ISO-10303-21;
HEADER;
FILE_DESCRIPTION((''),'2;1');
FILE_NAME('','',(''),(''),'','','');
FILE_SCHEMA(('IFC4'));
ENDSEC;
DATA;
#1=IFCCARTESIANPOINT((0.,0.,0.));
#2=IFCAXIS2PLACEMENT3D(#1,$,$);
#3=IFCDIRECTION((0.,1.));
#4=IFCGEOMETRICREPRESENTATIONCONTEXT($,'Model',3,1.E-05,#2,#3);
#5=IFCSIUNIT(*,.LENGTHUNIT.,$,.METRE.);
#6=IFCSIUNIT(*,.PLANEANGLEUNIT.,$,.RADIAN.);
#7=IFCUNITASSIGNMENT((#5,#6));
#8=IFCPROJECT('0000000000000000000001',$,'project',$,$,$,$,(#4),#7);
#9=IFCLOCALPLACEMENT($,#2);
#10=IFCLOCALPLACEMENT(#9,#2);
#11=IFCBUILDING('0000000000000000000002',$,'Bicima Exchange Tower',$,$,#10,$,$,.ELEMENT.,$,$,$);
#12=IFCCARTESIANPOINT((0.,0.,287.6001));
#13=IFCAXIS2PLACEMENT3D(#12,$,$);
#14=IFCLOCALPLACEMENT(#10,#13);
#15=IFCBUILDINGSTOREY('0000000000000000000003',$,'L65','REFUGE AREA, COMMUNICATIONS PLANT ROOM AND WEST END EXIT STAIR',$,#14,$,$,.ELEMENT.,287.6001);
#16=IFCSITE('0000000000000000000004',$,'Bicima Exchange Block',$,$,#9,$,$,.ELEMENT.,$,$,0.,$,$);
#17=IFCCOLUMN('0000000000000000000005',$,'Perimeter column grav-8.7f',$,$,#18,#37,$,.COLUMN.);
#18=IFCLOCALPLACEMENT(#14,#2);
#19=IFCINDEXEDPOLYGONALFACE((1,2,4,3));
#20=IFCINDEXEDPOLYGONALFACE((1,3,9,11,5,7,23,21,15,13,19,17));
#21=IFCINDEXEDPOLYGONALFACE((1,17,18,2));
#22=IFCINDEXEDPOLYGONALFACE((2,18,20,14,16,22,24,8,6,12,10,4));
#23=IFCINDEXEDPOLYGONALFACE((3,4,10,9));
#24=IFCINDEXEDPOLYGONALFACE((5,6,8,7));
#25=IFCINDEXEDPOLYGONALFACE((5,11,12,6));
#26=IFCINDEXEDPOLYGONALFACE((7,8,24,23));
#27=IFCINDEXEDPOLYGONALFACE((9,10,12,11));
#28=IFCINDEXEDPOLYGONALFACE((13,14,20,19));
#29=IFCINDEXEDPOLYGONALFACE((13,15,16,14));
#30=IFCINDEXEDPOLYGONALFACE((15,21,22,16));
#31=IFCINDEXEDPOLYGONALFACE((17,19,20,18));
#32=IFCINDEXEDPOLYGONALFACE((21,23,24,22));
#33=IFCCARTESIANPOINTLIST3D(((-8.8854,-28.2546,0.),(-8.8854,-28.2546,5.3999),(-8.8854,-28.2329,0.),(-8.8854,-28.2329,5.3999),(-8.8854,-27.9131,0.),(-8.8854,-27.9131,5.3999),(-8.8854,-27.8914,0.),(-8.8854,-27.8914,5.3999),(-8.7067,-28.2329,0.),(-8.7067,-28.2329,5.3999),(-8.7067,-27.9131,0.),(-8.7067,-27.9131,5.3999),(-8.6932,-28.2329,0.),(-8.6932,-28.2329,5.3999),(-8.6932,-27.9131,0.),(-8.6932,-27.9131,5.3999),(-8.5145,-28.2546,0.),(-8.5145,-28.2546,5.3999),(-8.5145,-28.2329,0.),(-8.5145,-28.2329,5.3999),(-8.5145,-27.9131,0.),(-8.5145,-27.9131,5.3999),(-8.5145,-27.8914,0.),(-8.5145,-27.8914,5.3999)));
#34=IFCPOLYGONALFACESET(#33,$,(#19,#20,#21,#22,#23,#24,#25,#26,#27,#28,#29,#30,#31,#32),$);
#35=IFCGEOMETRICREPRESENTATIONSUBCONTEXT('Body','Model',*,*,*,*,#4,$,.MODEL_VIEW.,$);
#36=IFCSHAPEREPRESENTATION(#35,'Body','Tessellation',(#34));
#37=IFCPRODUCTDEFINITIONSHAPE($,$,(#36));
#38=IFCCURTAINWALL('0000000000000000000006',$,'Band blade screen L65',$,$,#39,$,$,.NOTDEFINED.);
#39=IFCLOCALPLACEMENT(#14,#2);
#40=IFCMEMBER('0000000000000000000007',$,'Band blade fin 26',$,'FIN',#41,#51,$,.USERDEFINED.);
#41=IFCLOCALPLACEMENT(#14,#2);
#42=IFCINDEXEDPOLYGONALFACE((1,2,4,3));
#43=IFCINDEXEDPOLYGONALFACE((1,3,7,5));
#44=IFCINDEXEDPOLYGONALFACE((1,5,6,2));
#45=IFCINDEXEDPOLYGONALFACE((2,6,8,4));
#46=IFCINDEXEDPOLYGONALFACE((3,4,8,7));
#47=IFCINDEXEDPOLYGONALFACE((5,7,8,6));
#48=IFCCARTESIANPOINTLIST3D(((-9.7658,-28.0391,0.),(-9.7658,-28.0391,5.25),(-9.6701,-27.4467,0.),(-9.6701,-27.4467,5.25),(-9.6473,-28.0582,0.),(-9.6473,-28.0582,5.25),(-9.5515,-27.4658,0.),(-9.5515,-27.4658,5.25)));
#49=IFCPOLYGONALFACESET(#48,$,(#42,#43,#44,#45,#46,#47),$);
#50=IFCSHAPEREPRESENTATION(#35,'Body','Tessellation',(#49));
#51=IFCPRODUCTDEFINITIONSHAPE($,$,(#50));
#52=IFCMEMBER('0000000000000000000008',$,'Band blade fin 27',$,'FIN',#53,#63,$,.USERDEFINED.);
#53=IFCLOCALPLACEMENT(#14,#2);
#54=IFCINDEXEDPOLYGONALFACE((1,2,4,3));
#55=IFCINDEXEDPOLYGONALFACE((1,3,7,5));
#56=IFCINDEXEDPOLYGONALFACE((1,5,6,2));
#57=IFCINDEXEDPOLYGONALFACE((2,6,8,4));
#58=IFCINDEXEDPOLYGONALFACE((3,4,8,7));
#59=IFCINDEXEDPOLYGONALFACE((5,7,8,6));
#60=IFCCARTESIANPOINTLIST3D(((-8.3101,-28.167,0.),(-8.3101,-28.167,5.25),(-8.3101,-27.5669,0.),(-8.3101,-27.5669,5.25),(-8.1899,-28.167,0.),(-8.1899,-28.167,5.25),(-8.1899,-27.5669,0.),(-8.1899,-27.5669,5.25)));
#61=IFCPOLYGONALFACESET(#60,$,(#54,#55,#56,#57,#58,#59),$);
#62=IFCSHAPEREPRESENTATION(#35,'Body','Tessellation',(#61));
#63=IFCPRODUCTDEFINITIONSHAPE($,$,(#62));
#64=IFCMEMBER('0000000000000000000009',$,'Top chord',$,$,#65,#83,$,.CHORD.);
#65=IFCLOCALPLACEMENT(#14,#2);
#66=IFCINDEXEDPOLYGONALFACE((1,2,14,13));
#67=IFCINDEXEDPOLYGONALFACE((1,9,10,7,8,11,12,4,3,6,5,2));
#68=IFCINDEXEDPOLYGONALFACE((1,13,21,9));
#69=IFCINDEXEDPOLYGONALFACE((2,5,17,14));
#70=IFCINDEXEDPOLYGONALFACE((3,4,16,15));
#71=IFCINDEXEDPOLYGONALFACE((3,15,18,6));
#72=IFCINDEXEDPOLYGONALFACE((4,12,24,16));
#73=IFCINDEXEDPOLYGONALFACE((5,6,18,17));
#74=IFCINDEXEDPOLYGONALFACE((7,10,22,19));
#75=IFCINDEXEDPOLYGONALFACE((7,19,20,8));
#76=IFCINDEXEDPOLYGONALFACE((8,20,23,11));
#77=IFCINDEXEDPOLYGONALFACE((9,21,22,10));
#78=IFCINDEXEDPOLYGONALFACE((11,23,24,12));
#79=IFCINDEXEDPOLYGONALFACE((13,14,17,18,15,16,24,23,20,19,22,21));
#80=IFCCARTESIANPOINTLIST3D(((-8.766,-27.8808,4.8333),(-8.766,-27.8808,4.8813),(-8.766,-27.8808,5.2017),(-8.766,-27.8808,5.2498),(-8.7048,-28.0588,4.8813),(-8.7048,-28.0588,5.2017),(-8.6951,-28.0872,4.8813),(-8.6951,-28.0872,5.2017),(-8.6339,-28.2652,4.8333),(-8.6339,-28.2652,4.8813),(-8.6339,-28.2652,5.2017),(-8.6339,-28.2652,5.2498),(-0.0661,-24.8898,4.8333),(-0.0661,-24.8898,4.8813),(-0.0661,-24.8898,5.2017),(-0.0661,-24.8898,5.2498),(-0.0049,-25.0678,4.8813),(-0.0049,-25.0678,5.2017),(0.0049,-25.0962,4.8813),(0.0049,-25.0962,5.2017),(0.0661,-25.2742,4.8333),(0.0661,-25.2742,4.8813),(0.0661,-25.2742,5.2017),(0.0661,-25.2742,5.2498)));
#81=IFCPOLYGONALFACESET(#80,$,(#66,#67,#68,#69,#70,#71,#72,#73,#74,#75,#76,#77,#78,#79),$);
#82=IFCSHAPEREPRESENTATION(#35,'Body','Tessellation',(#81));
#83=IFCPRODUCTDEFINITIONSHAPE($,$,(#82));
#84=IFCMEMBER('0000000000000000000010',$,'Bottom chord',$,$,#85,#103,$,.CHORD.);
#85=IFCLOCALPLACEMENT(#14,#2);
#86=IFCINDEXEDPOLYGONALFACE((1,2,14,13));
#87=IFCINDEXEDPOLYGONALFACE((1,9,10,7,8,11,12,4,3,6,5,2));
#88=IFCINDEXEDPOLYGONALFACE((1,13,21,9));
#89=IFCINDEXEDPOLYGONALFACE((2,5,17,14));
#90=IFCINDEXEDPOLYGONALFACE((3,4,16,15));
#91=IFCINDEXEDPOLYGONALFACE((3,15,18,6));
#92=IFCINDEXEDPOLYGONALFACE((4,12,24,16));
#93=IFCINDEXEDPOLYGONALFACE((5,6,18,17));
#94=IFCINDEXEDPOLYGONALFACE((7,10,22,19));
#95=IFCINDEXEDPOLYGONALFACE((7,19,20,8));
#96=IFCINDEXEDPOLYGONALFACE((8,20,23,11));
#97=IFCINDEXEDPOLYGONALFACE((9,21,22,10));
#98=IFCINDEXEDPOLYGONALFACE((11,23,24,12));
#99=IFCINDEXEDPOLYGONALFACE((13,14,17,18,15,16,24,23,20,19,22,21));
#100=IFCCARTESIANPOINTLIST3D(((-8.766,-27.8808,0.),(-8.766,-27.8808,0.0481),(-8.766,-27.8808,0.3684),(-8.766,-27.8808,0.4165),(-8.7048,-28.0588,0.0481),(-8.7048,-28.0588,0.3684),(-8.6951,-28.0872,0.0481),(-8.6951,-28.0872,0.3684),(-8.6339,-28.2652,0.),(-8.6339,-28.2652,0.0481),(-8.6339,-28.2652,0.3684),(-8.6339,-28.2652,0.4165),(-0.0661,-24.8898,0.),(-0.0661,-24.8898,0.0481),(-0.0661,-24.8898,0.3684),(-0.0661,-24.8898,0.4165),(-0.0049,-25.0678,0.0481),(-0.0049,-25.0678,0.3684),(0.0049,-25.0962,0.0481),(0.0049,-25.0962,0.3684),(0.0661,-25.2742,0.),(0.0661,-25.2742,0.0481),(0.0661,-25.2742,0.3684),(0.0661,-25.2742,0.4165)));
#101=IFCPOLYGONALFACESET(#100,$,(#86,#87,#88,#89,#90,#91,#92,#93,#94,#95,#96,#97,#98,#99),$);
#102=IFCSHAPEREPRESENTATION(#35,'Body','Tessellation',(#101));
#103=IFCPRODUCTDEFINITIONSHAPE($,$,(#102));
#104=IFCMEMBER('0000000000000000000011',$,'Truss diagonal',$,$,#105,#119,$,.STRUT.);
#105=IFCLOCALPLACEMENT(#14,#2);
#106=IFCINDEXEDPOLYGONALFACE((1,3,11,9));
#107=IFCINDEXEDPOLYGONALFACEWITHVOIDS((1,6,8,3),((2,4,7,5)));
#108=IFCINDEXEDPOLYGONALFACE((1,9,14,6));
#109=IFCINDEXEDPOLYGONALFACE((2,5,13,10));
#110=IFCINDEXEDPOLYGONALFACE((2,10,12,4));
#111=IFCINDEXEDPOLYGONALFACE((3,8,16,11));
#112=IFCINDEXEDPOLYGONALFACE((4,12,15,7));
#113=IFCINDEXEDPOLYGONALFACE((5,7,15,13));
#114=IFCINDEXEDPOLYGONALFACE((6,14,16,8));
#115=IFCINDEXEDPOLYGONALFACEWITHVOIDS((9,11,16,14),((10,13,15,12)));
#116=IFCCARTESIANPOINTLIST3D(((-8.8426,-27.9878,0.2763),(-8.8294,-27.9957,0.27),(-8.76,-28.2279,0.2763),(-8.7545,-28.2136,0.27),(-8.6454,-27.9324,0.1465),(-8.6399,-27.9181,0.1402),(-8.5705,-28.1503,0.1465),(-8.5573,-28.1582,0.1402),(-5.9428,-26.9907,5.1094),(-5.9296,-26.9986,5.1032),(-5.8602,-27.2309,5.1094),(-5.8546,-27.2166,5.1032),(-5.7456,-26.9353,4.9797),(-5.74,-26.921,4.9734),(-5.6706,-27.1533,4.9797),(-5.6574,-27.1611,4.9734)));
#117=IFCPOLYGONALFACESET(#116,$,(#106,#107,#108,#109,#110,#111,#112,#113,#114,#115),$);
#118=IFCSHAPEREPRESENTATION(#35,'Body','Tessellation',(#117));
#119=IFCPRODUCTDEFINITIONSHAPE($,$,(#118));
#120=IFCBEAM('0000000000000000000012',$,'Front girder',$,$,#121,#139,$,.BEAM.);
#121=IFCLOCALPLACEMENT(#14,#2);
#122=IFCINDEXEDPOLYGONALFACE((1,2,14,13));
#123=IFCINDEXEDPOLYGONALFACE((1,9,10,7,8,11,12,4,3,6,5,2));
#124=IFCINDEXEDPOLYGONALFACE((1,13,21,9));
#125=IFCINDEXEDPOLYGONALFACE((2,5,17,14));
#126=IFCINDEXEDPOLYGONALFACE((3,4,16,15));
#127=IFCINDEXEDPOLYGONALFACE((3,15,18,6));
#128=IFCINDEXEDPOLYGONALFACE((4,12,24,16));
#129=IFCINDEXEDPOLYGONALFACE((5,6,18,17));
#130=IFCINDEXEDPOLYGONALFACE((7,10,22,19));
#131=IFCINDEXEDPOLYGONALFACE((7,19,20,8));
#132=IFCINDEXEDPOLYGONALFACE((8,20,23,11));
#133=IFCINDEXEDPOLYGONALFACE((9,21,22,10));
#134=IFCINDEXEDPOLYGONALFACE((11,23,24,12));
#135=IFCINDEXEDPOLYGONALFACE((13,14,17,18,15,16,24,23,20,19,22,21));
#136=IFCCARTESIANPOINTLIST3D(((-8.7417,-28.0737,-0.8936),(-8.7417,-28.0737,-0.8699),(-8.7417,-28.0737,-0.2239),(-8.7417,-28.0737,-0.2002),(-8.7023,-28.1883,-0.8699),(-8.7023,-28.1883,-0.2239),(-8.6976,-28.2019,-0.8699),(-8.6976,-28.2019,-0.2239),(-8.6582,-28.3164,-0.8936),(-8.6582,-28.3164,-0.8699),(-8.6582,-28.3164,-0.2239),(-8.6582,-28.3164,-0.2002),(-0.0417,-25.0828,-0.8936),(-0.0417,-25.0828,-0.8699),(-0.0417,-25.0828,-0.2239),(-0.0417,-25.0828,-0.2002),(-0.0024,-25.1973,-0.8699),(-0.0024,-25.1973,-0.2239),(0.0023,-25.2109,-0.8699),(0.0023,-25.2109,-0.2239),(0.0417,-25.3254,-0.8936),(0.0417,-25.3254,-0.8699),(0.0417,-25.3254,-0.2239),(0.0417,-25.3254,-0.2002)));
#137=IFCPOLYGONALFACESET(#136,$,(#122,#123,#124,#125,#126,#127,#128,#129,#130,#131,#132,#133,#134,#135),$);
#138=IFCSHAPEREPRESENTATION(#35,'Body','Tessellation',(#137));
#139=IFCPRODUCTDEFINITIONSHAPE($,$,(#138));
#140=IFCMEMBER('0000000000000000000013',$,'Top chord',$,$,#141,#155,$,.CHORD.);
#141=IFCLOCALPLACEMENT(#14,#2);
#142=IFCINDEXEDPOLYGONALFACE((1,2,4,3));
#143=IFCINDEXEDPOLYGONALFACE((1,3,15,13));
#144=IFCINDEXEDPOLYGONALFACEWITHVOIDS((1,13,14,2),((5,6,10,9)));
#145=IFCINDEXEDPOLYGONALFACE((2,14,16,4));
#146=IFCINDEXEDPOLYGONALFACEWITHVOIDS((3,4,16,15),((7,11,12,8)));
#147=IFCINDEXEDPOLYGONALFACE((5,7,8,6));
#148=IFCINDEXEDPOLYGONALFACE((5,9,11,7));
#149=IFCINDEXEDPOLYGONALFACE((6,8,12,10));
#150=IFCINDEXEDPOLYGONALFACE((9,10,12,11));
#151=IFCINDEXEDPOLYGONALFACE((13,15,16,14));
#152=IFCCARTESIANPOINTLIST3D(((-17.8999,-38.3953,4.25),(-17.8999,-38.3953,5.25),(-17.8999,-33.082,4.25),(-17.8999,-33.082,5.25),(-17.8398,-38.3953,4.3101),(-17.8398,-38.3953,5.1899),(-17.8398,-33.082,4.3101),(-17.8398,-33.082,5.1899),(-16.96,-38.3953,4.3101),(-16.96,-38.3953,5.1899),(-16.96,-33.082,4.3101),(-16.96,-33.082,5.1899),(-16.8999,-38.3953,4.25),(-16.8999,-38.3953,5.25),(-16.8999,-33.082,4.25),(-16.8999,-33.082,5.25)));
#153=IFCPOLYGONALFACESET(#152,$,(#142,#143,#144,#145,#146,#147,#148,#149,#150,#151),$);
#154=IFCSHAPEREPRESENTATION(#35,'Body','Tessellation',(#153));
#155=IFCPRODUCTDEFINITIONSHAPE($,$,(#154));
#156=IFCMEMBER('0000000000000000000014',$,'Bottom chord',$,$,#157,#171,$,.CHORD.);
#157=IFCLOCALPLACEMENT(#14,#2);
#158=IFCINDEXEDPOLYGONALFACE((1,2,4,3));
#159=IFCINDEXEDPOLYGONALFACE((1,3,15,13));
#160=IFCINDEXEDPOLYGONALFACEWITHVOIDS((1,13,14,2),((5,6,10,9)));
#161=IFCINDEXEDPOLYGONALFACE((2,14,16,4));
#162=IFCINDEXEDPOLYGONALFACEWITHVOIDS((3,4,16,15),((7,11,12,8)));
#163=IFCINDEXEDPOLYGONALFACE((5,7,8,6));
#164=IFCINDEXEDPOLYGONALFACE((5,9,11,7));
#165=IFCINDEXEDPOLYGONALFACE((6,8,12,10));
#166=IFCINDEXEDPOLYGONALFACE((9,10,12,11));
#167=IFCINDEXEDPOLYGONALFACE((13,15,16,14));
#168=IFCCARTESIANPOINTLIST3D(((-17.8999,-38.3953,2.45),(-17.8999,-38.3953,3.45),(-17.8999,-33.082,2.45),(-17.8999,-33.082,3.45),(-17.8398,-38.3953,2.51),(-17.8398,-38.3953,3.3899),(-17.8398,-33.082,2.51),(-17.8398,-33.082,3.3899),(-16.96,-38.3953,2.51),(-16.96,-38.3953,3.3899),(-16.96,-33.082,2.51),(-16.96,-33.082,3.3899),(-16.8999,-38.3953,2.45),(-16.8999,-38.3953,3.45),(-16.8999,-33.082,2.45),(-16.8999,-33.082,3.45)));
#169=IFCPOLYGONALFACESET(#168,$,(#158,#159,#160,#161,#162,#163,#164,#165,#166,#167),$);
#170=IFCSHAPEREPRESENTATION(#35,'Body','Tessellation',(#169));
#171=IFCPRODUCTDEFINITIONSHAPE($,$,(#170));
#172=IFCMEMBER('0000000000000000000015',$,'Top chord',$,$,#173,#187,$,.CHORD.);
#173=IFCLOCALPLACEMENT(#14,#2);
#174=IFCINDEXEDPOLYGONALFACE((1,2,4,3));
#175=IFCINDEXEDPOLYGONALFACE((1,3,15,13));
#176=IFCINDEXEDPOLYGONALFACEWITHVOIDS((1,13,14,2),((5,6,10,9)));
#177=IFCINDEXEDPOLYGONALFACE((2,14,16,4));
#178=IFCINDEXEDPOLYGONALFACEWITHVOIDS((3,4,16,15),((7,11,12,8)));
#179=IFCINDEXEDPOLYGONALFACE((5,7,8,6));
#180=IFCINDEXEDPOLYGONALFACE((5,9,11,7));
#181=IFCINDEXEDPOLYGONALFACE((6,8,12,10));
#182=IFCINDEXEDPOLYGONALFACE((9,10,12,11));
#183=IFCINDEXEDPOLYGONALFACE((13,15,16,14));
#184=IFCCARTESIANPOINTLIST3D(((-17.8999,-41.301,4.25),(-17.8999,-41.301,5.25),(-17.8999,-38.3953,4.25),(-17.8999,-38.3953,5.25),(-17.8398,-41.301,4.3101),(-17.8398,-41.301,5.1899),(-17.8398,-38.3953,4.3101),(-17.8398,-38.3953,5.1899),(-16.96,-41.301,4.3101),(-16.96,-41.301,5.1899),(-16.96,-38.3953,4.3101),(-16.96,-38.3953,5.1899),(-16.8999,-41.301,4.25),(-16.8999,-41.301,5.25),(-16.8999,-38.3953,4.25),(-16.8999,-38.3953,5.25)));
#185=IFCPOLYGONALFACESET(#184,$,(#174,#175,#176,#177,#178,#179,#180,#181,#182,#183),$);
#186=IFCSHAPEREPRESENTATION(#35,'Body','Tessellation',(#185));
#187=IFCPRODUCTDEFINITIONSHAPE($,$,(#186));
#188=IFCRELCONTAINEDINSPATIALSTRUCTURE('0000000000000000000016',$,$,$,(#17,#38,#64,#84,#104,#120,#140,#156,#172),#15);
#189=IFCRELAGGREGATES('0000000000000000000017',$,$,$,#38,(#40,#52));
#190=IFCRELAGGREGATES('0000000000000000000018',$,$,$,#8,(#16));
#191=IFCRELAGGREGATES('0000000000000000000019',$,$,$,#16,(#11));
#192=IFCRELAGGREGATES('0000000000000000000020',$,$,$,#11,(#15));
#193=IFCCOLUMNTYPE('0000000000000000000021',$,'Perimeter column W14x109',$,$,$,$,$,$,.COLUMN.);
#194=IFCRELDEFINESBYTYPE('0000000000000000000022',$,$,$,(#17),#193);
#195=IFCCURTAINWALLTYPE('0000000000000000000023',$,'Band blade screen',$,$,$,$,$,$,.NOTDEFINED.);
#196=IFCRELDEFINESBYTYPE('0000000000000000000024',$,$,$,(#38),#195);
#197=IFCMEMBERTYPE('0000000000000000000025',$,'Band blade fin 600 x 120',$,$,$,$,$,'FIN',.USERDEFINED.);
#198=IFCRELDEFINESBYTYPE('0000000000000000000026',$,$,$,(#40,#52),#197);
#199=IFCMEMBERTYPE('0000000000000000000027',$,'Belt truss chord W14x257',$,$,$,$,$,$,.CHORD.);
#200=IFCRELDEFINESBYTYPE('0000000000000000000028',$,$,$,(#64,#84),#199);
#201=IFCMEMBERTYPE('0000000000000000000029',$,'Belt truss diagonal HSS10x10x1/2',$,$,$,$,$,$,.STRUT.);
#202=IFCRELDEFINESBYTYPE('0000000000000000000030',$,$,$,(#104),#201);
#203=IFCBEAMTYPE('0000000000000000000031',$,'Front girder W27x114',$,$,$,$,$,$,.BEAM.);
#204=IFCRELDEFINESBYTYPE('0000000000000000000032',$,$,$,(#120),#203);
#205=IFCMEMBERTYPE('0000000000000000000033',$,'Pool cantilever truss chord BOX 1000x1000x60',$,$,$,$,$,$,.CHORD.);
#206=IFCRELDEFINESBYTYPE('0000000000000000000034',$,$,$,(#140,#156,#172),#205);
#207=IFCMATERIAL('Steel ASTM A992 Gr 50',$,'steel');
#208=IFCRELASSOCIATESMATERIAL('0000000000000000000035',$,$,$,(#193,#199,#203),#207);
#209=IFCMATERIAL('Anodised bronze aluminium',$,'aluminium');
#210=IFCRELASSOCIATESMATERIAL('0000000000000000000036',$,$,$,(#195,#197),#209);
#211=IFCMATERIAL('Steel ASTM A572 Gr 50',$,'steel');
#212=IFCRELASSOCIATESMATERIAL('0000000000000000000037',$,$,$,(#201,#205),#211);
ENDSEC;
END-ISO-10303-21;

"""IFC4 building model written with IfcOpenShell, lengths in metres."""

from ifc_helpers import new_model, si_unit, direction, frame, origin, origin_2d, place, context, subcontext, project, spatial, rectangle, hollow_rectangle, i_section, extrude, material, material_profile, profile_set, type_object, element, aggregate, save


model = new_model("IFC4")

# Units and contexts
model_context = context("Model", 3, precision=1e-05, world=origin(), true_north=direction((0.0, 1.0)))
body_context = subcontext(model_context, "Body", "Model", "MODEL_VIEW")
ifc_project = project(units=[si_unit("LENGTHUNIT", "METRE"), si_unit("PLANEANGLEUNIT", "RADIAN")], contexts=[model_context])

# Site, building, storey
site_placement = place(None, origin())
site = spatial("IfcSite", under=ifc_project, at=site_placement, Name="Bicima Exchange Block", CompositionType="ELEMENT", RefElevation=0.0)
building_placement = place(site_placement, origin())
building = spatial("IfcBuilding", under=site, at=building_placement, Name="Bicima Exchange Tower", CompositionType="ELEMENT")
storey_placement = place(building_placement, frame((0.0, 0.0, 287.6001)))
storey = spatial("IfcBuildingStorey", under=building, at=storey_placement, Name="L65", Description="REFUGE AREA, COMMUNICATIONS PLANT ROOM AND WEST END EXIT STAIR", CompositionType="ELEMENT", Elevation=287.6001)

# Column
ifc_material_1 = material(Name="Steel ASTM A992 Gr 50", Category="steel")
ifc_material_profile_1 = material_profile(ifc_material_1, i_section(OverallWidth=0.3708, OverallDepth=0.3633, WebThickness=0.0134, FlangeThickness=0.0217, at=origin_2d()))
ifc_profile_set_1 = profile_set([ifc_material_profile_1], Name="Steel ASTM A992 Gr 50")
column_type = type_object("IfcColumnType", Name="Perimeter column W14x109", PredefinedType="COLUMN", material=ifc_profile_set_1)
column_placement = place(storey_placement, frame((-8.7, -28.073, 0.0), z_axis=(0.0, 0.0, 1.0), x_axis=(1.0, 0.0, 0.0)))
element("IfcColumn", 1, at=column_placement, inside=storey, type_object=column_type, Name="Perimeter column grav-8.7f", PredefinedType="COLUMN", context=body_context, shape_type="SweptSolid", body=[
    extrude(i_section(OverallWidth=0.3708, OverallDepth=0.3633, WebThickness=0.0134, FlangeThickness=0.0217, at=origin_2d()), origin(), (0.0, 0.0, 1.0), 5.3999),
])

# Curtain wall, members
ifc_material_2 = material(Name="Anodised bronze aluminium", Category="aluminium")
curtain_wall_type = type_object("IfcCurtainWallType", Name="Band blade screen", PredefinedType="NOTDEFINED", material=ifc_material_2)
curtain_wall_placement = place(storey_placement, origin())
curtain_wall = element("IfcCurtainWall", 2, at=curtain_wall_placement, inside=storey, type_object=curtain_wall_type, Name="Band blade screen L65", PredefinedType="NOTDEFINED")
ifc_material_profile_2 = material_profile(ifc_material_2, rectangle(XDim=0.6001, YDim=0.1201, at=origin_2d()))
ifc_profile_set_2 = profile_set([ifc_material_profile_2], Name="Anodised bronze aluminium")
member_type_1 = type_object("IfcMemberType", Name="Band blade fin 600 x 120", ElementType="FIN", PredefinedType="USERDEFINED", material=ifc_profile_set_2)
member_1_placement = place(storey_placement, frame((-9.6587, -27.7524, 0.0), z_axis=(0.0, 0.0, 1.0), x_axis=(0.159533, 0.987193, 0.0)))
member_1 = element("IfcMember", 3, at=member_1_placement, type_object=member_type_1, Name="Band blade fin 26", ObjectType="FIN", PredefinedType="USERDEFINED", context=body_context, shape_type="SweptSolid", body=[
    extrude(rectangle(XDim=0.6001, YDim=0.1201, at=origin_2d()), origin(), (0.0, 0.0, 1.0), 5.25),
])
member_2_placement = place(storey_placement, frame((-8.25, -27.8669, 0.0), z_axis=(0.0, 0.0, 1.0), x_axis=(0.0, 1.0, 0.0)))
member_2 = element("IfcMember", 4, at=member_2_placement, type_object=member_type_1, Name="Band blade fin 27", ObjectType="FIN", PredefinedType="USERDEFINED", context=body_context, shape_type="SweptSolid", body=[
    extrude(rectangle(XDim=0.6001, YDim=0.1201, at=origin_2d()), origin(), (0.0, 0.0, 1.0), 5.25),
])
aggregate(curtain_wall, [member_1, member_2])

# Members
ifc_material_profile_3 = material_profile(ifc_material_1, i_section(OverallWidth=0.4065, OverallDepth=0.4165, WebThickness=0.03, FlangeThickness=0.0481, at=origin_2d()))
ifc_profile_set_3 = profile_set([ifc_material_profile_3], Name="Steel ASTM A992 Gr 50")
member_type_2 = type_object("IfcMemberType", Name="Belt truss chord W14x257", PredefinedType="CHORD", material=ifc_profile_set_3)
for number, where, z_axis, x_axis, name in (
    (5, (-8.7, -28.073, 5.0415), (0.945675, 0.325115, 0.0), (-0.325115, 0.945675, 0.0), "Top chord"),
    (6, (-8.7, -28.073, 0.2083), (0.945675, 0.325115, 0.0), (-0.325115, 0.945675, 0.0), "Bottom chord"),
):
    element("IfcMember", number, at=place(storey_placement, frame(where, z_axis=z_axis, x_axis=x_axis)), inside=storey, type_object=member_type_2, Name=name, PredefinedType="CHORD", context=body_context, shape_type="SweptSolid", body=[
        extrude(i_section(OverallWidth=0.4065, OverallDepth=0.4165, WebThickness=0.03, FlangeThickness=0.0481, at=origin_2d()), origin(), (0.0, 0.0, 1.0), 9.1997),
    ])
ifc_material_3 = material(Name="Steel ASTM A572 Gr 50", Category="steel")
ifc_material_profile_4 = material_profile(ifc_material_3, hollow_rectangle(XDim=0.2539, YDim=0.2539, WallThickness=0.0117, at=origin_2d()))
ifc_profile_set_4 = profile_set([ifc_material_profile_4], Name="Steel ASTM A572 Gr 50")
member_type_3 = type_object("IfcMemberType", Name="Belt truss diagonal HSS10x10x1/2", PredefinedType="STRUT", material=ifc_profile_set_4)
member_3_placement = place(storey_placement, frame((-8.7, -28.073, 0.2083), z_axis=(0.506624, 0.174192, 0.844387), x_axis=(-0.325147, 0.945664, 0.0)))
element("IfcMember", 7, at=member_3_placement, inside=storey, type_object=member_type_3, Name="Truss diagonal", PredefinedType="STRUT", context=body_context, shape_type="SweptSolid", body=[
    extrude(hollow_rectangle(XDim=0.2539, YDim=0.2539, WallThickness=0.0117, at=origin_2d()), origin(), (0.0, 0.0, 1.0), 5.7239),
])

# Beam
ifc_material_profile_5 = material_profile(ifc_material_1, i_section(OverallWidth=0.2566, OverallDepth=0.6934, WebThickness=0.0144, FlangeThickness=0.0237, at=origin_2d()))
ifc_profile_set_5 = profile_set([ifc_material_profile_5], Name="Steel ASTM A992 Gr 50")
beam_type = type_object("IfcBeamType", Name="Front girder W27x114", PredefinedType="BEAM", material=ifc_profile_set_5)
beam_placement = place(storey_placement, frame((-8.7, -28.1951, -0.5469), z_axis=(0.945675, 0.325115, 0.0), x_axis=(-0.325115, 0.945675, 0.0)))
element("IfcBeam", 8, at=beam_placement, inside=storey, type_object=beam_type, Name="Front girder", PredefinedType="BEAM", context=body_context, shape_type="SweptSolid", body=[
    extrude(i_section(OverallWidth=0.2566, OverallDepth=0.6934, WebThickness=0.0144, FlangeThickness=0.0237, at=origin_2d()), origin(), (0.0, 0.0, 1.0), 9.1997),
])

# Members
ifc_material_profile_6 = material_profile(ifc_material_3, hollow_rectangle(XDim=1.0, YDim=1.0, WallThickness=0.0601, at=origin_2d()))
ifc_profile_set_6 = profile_set([ifc_material_profile_6], Name="Steel ASTM A572 Gr 50")
member_type_4 = type_object("IfcMemberType", Name="Pool cantilever truss chord BOX 1000x1000x60", PredefinedType="CHORD", material=ifc_profile_set_6)
for number, where, z_axis, x_axis, name in (
    (9, (-17.3999, -33.082, 4.75), (0.0, -1.0, 0.0), (1.0, 0.0, 0.0), "Top chord"),
    (10, (-17.3999, -33.082, 2.95), (0.0, -1.0, 0.0), (1.0, 0.0, 0.0), "Bottom chord"),
):
    element("IfcMember", number, at=place(storey_placement, frame(where, z_axis=z_axis, x_axis=x_axis)), inside=storey, type_object=member_type_4, Name=name, PredefinedType="CHORD", context=body_context, shape_type="SweptSolid", body=[
        extrude(hollow_rectangle(XDim=1.0, YDim=1.0, WallThickness=0.0601, at=origin_2d()), origin(), (0.0, 0.0, 1.0), 5.3132),
    ])
for number, where, z_axis, x_axis, name in (
    (11, (-17.3999, -38.3953, 4.75), (0.0, -1.0, 0.0), (1.0, 0.0, 0.0), "Top chord"),
):
    element("IfcMember", number, at=place(storey_placement, frame(where, z_axis=z_axis, x_axis=x_axis)), inside=storey, type_object=member_type_4, Name=name, PredefinedType="CHORD", context=body_context, shape_type="SweptSolid", body=[
        extrude(hollow_rectangle(XDim=1.0, YDim=1.0, WallThickness=0.0601, at=origin_2d()), origin(), (0.0, 0.0, 1.0), 2.9058),
    ])

save(model, "model.ifc")
